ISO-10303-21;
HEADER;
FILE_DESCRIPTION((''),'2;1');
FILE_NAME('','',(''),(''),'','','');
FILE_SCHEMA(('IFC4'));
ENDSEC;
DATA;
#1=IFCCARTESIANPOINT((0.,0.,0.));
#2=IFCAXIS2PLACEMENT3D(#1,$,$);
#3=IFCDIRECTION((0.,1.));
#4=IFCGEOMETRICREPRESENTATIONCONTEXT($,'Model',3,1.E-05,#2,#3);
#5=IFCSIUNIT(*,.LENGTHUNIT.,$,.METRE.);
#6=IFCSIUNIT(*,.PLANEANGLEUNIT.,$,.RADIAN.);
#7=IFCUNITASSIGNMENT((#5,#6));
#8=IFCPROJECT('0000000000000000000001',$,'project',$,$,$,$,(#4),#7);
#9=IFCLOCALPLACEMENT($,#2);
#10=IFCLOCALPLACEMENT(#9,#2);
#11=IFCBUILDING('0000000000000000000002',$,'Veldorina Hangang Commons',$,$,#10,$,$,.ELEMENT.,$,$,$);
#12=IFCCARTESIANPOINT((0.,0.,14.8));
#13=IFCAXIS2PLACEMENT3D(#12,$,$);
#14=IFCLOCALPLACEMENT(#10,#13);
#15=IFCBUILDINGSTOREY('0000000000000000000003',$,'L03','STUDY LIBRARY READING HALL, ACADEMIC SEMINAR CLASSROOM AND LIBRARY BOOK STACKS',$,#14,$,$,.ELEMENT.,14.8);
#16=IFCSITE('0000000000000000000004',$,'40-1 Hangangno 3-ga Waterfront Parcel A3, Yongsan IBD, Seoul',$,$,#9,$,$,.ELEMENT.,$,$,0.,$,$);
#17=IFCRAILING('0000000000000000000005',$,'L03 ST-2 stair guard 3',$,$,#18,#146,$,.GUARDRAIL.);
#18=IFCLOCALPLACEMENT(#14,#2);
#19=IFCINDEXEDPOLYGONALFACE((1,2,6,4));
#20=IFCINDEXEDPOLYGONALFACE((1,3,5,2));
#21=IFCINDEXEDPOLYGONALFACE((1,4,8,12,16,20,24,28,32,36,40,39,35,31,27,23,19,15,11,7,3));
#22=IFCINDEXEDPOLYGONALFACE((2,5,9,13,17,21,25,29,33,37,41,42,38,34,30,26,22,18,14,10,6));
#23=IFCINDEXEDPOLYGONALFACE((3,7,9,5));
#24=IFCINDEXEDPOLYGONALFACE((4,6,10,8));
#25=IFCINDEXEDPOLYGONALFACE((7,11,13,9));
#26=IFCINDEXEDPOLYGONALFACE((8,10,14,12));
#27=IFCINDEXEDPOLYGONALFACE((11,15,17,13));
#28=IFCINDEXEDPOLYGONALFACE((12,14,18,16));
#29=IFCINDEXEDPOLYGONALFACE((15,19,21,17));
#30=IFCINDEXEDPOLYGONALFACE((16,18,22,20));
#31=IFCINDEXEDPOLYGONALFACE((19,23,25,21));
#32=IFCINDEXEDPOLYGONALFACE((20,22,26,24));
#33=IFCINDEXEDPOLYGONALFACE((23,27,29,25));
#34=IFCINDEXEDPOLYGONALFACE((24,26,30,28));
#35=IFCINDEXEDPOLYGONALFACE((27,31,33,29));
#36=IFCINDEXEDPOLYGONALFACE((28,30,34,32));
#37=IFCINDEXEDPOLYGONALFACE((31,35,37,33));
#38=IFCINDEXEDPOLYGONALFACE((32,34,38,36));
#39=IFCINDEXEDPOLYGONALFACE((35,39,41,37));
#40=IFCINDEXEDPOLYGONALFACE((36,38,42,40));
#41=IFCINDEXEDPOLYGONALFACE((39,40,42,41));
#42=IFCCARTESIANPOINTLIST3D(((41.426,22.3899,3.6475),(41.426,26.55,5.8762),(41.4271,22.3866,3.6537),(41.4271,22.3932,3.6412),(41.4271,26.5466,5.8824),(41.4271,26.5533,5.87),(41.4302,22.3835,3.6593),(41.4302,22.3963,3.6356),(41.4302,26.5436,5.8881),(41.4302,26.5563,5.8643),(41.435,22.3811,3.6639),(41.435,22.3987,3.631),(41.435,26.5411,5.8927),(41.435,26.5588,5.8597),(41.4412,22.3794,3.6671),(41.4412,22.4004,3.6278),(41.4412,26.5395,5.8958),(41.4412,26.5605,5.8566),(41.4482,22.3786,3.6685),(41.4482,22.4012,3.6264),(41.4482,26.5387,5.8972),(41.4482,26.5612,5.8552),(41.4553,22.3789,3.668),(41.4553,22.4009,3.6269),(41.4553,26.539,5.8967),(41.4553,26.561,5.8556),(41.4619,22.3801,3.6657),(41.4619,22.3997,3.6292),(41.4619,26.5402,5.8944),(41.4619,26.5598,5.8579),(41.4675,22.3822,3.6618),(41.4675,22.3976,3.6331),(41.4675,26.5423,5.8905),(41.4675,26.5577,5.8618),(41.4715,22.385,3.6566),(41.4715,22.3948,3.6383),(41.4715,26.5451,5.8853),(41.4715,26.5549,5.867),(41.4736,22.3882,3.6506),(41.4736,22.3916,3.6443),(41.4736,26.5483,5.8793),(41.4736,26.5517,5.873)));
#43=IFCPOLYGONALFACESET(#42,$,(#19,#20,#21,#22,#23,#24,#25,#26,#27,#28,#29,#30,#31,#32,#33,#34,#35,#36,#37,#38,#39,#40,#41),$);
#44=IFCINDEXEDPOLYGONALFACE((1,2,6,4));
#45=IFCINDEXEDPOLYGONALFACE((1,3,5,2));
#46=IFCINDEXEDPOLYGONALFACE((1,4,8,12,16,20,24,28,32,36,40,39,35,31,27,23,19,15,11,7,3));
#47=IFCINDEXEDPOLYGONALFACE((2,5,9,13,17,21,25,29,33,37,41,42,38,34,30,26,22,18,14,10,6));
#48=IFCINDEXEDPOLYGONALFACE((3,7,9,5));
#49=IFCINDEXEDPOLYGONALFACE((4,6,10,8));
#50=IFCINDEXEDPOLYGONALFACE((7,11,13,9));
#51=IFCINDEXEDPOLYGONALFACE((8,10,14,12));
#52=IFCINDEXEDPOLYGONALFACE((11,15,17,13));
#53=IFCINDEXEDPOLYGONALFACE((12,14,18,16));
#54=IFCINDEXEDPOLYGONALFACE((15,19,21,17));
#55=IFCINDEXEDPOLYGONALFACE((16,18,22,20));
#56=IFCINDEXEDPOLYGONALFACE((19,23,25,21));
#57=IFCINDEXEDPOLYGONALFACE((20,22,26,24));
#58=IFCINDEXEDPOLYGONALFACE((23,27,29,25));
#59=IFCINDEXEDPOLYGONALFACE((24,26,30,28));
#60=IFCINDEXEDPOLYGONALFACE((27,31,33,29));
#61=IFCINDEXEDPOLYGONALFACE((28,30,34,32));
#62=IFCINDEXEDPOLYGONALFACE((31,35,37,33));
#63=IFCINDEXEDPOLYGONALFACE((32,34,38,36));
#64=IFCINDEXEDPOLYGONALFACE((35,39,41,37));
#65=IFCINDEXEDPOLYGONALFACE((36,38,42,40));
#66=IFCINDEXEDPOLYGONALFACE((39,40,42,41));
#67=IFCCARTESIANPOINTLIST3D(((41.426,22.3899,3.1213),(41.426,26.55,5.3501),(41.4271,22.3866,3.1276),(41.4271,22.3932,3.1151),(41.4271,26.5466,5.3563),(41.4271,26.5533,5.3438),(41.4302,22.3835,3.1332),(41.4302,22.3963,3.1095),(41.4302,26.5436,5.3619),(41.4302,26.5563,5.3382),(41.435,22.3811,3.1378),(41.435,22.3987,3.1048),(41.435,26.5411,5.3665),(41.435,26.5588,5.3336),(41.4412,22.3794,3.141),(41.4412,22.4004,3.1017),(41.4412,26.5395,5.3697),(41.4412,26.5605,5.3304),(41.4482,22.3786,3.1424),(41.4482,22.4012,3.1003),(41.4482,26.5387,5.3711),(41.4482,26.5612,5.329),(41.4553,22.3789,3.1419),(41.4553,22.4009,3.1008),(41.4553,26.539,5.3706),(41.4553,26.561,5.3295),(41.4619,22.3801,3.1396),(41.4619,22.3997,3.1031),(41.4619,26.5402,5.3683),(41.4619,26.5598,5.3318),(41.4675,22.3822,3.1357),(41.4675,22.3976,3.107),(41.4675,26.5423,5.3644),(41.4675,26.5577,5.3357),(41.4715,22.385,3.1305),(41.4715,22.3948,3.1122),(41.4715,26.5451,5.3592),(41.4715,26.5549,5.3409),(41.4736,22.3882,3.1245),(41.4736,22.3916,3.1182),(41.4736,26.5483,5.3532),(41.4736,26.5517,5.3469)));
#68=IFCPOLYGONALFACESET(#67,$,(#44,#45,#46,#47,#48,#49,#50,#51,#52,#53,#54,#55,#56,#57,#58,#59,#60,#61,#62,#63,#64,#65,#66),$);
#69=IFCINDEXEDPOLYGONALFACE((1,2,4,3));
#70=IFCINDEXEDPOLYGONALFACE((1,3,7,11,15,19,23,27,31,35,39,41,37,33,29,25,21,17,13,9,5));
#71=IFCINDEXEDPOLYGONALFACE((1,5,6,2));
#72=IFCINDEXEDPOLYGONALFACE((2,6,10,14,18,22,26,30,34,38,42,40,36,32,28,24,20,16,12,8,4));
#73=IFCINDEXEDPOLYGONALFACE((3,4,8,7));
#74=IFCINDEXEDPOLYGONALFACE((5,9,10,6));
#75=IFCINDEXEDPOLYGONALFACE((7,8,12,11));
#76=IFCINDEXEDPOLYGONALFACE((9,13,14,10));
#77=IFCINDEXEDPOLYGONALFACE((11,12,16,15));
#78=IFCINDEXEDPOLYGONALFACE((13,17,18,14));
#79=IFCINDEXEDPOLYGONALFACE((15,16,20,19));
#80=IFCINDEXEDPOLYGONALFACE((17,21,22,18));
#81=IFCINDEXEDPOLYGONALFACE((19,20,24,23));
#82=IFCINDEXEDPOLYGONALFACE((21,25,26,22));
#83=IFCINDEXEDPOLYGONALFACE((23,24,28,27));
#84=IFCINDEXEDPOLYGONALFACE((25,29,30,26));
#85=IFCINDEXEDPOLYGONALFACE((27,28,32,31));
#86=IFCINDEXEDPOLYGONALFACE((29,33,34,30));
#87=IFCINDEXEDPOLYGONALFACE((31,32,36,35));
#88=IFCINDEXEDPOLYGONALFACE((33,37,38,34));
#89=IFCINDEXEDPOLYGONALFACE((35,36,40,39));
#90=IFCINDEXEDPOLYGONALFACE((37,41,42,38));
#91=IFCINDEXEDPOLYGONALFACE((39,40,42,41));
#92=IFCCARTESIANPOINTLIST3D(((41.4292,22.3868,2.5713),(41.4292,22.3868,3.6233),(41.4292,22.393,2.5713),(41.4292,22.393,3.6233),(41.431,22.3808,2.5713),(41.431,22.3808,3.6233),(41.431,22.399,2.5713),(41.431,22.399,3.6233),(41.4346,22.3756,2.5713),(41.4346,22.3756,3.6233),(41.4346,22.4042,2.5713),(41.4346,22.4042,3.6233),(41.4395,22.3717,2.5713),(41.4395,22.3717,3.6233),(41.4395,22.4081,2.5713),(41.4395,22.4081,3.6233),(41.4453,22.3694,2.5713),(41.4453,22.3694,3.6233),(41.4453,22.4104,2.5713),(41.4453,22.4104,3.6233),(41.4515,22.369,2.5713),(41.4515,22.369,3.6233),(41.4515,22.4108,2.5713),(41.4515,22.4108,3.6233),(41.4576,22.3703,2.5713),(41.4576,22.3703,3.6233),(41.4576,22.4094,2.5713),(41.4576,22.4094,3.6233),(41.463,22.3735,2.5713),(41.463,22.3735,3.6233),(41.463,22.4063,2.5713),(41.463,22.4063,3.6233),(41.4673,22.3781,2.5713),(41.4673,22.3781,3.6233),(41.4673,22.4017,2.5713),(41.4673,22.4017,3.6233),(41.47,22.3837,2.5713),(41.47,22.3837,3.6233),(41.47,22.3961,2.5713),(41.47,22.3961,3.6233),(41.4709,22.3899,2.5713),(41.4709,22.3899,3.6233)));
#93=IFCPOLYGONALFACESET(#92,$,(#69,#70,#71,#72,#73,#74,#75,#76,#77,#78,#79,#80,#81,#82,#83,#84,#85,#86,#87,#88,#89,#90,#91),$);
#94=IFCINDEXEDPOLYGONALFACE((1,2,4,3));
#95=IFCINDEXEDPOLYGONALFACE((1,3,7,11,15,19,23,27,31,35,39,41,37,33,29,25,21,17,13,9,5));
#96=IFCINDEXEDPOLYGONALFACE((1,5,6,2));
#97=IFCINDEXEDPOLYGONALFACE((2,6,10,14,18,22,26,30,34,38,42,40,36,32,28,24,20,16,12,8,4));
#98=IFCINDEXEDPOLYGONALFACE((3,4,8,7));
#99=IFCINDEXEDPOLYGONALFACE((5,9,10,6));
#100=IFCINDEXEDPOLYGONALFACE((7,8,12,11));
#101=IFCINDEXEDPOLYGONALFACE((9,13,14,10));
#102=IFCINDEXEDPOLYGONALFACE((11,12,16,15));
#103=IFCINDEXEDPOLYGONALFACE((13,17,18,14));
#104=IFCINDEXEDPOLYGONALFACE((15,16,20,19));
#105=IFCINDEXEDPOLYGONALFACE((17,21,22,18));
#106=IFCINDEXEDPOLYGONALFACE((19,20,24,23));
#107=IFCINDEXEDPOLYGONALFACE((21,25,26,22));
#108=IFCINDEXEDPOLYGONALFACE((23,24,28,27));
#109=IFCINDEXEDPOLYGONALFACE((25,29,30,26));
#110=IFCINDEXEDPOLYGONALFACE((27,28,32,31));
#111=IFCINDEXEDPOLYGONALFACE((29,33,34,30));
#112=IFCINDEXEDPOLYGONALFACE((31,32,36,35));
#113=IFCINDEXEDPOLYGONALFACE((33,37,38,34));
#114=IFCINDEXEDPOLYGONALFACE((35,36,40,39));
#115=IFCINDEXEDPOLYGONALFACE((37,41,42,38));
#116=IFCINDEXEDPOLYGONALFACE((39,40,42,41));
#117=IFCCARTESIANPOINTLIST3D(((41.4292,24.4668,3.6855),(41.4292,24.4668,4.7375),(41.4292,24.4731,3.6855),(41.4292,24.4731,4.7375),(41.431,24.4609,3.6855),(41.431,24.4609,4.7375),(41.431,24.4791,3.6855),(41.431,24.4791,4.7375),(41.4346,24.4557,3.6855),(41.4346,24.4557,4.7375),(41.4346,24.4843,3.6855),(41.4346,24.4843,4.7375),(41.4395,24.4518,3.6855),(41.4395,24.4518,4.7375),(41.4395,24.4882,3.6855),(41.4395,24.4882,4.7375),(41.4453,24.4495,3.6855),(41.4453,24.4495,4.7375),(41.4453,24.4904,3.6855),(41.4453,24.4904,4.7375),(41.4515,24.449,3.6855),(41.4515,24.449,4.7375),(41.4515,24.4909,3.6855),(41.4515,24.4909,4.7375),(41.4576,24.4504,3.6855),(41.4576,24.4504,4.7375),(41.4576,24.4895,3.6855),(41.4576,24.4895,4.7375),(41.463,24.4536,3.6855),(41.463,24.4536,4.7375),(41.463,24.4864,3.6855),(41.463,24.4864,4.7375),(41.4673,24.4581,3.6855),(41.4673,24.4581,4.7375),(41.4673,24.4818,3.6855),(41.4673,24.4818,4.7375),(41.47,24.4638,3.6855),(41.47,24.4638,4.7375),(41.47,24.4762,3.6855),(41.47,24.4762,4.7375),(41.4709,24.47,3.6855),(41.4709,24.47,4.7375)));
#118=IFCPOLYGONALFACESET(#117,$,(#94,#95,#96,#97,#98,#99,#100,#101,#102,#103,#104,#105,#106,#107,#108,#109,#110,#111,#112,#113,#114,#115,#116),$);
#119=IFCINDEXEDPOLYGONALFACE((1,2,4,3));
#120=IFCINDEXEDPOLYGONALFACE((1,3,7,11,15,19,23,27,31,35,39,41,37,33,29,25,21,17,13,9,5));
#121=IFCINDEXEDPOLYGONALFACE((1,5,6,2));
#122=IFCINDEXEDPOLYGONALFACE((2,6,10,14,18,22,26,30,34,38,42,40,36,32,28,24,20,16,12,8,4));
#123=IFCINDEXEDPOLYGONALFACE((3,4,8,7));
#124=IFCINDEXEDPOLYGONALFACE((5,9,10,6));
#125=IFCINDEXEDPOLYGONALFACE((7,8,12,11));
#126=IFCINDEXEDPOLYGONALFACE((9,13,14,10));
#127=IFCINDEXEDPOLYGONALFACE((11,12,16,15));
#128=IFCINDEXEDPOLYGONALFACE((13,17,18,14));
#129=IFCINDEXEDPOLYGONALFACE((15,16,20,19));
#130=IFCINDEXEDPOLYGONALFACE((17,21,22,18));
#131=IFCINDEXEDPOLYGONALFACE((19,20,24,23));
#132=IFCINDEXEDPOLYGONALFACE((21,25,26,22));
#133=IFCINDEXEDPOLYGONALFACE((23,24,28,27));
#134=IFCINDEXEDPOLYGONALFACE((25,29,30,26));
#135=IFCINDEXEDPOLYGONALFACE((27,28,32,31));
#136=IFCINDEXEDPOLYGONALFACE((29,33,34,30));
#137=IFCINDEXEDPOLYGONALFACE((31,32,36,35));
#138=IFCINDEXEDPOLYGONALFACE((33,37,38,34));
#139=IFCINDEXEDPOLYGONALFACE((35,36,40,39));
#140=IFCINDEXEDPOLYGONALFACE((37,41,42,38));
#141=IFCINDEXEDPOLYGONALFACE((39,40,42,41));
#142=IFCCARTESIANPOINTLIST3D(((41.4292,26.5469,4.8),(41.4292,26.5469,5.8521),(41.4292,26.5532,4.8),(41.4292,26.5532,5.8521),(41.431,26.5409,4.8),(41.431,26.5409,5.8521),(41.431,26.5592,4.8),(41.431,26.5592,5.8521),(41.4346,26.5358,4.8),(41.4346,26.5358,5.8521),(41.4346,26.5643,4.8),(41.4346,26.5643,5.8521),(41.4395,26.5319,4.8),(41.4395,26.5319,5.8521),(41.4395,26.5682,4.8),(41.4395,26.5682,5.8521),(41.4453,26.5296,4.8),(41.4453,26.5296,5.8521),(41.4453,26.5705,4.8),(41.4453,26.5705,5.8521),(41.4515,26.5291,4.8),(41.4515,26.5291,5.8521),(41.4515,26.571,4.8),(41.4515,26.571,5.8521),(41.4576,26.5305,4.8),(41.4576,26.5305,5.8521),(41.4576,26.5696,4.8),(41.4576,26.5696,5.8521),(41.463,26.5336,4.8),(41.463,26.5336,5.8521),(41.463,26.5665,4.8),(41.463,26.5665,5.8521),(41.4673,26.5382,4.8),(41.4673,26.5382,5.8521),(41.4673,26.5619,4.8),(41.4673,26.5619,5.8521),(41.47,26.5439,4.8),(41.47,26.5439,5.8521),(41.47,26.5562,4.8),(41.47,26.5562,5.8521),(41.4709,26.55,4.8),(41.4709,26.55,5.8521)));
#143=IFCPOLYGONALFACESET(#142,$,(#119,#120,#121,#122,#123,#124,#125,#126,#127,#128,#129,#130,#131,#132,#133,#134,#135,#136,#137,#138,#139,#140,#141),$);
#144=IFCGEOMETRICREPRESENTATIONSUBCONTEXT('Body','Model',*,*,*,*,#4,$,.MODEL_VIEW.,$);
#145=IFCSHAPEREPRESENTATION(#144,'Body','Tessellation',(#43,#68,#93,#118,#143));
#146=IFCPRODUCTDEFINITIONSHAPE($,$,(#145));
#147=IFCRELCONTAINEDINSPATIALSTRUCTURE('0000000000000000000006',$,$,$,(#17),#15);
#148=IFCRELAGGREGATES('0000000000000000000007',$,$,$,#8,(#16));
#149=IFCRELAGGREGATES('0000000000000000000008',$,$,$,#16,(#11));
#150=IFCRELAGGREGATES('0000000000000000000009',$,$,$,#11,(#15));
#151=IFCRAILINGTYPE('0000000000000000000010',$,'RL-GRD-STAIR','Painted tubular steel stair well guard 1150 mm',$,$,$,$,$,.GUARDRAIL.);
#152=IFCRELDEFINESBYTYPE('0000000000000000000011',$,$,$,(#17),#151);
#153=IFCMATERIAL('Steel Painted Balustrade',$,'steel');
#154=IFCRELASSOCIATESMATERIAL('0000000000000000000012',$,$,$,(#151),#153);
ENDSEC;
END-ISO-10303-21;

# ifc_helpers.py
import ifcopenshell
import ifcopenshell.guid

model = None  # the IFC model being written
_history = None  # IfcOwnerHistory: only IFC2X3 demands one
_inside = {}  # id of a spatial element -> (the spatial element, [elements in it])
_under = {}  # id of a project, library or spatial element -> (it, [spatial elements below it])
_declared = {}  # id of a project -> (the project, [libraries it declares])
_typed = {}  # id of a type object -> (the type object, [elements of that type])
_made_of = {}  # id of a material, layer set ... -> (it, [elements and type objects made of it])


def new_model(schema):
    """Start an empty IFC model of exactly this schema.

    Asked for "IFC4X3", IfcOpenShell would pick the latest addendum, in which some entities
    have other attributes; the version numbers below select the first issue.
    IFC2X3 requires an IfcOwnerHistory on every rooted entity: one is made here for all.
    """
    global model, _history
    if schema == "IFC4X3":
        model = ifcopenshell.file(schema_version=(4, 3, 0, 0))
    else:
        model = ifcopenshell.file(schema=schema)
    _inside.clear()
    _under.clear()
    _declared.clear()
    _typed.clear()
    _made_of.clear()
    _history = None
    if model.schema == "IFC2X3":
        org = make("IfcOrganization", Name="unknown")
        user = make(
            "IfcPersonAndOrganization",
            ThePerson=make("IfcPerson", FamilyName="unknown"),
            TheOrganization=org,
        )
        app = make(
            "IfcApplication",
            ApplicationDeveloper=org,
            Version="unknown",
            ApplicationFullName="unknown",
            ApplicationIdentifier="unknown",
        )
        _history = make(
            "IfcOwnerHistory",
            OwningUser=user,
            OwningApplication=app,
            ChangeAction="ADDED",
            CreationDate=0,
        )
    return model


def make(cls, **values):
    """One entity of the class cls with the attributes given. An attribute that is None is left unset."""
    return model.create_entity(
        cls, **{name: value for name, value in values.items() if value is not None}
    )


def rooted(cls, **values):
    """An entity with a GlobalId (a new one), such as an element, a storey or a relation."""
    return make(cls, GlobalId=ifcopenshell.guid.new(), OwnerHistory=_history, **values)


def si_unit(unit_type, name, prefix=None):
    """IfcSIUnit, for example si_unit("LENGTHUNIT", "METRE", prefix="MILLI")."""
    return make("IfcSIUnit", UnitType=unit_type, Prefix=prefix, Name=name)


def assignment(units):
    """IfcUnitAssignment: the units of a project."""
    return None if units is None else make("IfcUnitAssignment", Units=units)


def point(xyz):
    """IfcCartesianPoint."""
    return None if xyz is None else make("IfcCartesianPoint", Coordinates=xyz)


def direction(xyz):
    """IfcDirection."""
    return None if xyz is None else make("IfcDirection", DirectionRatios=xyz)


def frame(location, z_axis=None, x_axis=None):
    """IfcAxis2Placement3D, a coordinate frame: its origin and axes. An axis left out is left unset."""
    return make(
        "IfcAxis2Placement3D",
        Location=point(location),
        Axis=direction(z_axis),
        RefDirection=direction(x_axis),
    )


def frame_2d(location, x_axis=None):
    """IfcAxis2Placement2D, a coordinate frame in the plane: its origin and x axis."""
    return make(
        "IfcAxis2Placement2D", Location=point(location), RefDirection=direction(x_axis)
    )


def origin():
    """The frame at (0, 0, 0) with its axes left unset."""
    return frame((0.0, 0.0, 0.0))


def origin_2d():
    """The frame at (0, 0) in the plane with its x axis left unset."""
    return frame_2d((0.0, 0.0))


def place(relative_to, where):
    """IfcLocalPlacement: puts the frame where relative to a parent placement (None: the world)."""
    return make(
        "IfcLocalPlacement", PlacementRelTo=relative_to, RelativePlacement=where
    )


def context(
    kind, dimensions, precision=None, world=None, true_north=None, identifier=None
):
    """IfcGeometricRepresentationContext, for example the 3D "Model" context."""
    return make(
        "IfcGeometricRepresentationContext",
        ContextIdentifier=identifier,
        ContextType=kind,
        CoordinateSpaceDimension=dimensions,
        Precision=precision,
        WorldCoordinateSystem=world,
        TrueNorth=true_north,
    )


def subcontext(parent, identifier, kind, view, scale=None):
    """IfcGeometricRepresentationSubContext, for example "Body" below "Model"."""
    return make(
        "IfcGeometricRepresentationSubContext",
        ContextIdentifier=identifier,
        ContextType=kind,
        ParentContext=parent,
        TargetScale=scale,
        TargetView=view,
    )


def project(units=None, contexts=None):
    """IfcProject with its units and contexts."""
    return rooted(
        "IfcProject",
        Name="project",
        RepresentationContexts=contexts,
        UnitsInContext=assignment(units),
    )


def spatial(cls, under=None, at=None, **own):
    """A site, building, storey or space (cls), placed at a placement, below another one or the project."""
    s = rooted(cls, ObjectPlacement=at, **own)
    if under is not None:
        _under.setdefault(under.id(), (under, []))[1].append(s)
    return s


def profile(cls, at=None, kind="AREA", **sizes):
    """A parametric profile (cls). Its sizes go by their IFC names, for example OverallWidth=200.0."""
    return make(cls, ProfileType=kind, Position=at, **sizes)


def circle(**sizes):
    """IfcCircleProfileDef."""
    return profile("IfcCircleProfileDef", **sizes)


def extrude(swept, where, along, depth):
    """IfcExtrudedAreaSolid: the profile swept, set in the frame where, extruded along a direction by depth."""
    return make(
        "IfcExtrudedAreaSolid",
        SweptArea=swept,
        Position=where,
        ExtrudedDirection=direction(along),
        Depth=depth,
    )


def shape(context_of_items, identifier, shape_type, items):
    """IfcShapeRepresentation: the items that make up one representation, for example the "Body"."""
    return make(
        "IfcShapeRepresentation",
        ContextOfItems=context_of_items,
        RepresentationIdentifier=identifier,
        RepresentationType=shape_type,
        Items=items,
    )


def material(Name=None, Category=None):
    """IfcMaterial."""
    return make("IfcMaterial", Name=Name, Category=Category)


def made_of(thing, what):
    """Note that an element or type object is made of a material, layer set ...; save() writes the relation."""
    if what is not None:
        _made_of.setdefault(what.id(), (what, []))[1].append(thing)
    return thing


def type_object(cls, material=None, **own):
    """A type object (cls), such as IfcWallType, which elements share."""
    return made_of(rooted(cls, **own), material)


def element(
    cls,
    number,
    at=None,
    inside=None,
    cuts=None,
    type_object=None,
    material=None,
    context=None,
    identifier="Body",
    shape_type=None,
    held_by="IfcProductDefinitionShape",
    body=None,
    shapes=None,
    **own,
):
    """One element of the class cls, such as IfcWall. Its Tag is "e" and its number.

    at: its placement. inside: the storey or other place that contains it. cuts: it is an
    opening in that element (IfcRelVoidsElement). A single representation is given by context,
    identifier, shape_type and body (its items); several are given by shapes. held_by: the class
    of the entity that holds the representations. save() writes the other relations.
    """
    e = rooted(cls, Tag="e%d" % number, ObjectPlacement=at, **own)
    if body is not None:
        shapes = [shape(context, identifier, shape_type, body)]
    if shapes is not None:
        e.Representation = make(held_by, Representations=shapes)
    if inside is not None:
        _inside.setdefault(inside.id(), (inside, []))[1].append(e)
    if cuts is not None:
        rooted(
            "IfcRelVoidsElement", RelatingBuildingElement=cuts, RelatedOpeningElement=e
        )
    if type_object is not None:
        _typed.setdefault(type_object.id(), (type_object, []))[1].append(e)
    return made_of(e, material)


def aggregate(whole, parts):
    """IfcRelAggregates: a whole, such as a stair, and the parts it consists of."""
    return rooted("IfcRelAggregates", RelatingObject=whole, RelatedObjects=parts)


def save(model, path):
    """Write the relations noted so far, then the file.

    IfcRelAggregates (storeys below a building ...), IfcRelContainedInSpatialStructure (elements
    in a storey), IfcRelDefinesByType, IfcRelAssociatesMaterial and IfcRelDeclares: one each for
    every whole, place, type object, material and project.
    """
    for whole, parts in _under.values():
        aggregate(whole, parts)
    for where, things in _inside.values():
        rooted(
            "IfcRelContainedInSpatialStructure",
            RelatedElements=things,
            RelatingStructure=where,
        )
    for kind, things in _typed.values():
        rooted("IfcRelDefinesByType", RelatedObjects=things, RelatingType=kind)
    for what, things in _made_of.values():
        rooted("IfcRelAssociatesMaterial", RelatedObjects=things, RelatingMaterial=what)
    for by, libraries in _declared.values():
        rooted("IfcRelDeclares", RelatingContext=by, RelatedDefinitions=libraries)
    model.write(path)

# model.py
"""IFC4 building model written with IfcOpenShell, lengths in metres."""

from ifc_helpers import new_model, si_unit, direction, frame, origin, origin_2d, place, context, subcontext, project, spatial, circle, extrude, material, type_object, element, save


model = new_model("IFC4")

# Units and contexts
model_context = context("Model", 3, precision=1e-05, world=origin(), true_north=direction((0.0, 1.0)))
body_context = subcontext(model_context, "Body", "Model", "MODEL_VIEW")
ifc_project = project(units=[si_unit("LENGTHUNIT", "METRE"), si_unit("PLANEANGLEUNIT", "RADIAN")], contexts=[model_context])

# Site, building, storey
site_placement = place(None, origin())
site = spatial("IfcSite", under=ifc_project, at=site_placement, Name="40-1 Hangangno 3-ga Waterfront Parcel A3, Yongsan IBD, Seoul", CompositionType="ELEMENT", RefElevation=0.0)
building_placement = place(site_placement, origin())
building = spatial("IfcBuilding", under=site, at=building_placement, Name="Veldorina Hangang Commons", CompositionType="ELEMENT")
storey_placement = place(building_placement, frame((0.0, 0.0, 14.8)))
storey = spatial("IfcBuildingStorey", under=building, at=storey_placement, Name="L03", Description="STUDY LIBRARY READING HALL, ACADEMIC SEMINAR CLASSROOM AND LIBRARY BOOK STACKS", CompositionType="ELEMENT", Elevation=14.8)

# Railing
ifc_material_1 = material(Name="Steel Painted Balustrade", Category="steel")
railing_type_1 = type_object("IfcRailingType", Name="RL-GRD-STAIR", Description="Painted tubular steel stair well guard 1150 mm", PredefinedType="GUARDRAIL", material=ifc_material_1)
railing_1_placement = place(storey_placement, frame((41.45, 22.3899, 2.5713)))
element("IfcRailing", 1, at=railing_1_placement, inside=storey, type_object=railing_type_1, Name="L03 ST-2 stair guard 3", PredefinedType="GUARDRAIL", context=body_context, shape_type="SweptSolid", body=[
    extrude(circle(Radius=0.0239, at=origin_2d()), frame((0.0, 0.0, 1.0762), z_axis=(0.0, 0.881471, 0.472239), x_axis=(-1.0, 0.0, 0.0)), (0.0, 0.0, 1.0), 4.7195),
    extrude(circle(Radius=0.0239, at=origin_2d()), frame((0.0, 0.0, 0.55), z_axis=(0.0, 0.881471, 0.472239), x_axis=(-1.0, 0.0, 0.0)), (0.0, 0.0, 1.0), 4.7195),
    extrude(circle(Radius=0.021, at=origin_2d()), origin(), (0.0, 0.0, 1.0), 1.052),
    extrude(circle(Radius=0.021, at=origin_2d()), frame((0.0, 2.0801, 1.1143)), (0.0, 0.0, 1.0), 1.052),
    extrude(circle(Radius=0.021, at=origin_2d()), frame((0.0, 4.1602, 2.2288)), (0.0, 0.0, 1.0), 1.052),
])

save(model, "model.ifc")
